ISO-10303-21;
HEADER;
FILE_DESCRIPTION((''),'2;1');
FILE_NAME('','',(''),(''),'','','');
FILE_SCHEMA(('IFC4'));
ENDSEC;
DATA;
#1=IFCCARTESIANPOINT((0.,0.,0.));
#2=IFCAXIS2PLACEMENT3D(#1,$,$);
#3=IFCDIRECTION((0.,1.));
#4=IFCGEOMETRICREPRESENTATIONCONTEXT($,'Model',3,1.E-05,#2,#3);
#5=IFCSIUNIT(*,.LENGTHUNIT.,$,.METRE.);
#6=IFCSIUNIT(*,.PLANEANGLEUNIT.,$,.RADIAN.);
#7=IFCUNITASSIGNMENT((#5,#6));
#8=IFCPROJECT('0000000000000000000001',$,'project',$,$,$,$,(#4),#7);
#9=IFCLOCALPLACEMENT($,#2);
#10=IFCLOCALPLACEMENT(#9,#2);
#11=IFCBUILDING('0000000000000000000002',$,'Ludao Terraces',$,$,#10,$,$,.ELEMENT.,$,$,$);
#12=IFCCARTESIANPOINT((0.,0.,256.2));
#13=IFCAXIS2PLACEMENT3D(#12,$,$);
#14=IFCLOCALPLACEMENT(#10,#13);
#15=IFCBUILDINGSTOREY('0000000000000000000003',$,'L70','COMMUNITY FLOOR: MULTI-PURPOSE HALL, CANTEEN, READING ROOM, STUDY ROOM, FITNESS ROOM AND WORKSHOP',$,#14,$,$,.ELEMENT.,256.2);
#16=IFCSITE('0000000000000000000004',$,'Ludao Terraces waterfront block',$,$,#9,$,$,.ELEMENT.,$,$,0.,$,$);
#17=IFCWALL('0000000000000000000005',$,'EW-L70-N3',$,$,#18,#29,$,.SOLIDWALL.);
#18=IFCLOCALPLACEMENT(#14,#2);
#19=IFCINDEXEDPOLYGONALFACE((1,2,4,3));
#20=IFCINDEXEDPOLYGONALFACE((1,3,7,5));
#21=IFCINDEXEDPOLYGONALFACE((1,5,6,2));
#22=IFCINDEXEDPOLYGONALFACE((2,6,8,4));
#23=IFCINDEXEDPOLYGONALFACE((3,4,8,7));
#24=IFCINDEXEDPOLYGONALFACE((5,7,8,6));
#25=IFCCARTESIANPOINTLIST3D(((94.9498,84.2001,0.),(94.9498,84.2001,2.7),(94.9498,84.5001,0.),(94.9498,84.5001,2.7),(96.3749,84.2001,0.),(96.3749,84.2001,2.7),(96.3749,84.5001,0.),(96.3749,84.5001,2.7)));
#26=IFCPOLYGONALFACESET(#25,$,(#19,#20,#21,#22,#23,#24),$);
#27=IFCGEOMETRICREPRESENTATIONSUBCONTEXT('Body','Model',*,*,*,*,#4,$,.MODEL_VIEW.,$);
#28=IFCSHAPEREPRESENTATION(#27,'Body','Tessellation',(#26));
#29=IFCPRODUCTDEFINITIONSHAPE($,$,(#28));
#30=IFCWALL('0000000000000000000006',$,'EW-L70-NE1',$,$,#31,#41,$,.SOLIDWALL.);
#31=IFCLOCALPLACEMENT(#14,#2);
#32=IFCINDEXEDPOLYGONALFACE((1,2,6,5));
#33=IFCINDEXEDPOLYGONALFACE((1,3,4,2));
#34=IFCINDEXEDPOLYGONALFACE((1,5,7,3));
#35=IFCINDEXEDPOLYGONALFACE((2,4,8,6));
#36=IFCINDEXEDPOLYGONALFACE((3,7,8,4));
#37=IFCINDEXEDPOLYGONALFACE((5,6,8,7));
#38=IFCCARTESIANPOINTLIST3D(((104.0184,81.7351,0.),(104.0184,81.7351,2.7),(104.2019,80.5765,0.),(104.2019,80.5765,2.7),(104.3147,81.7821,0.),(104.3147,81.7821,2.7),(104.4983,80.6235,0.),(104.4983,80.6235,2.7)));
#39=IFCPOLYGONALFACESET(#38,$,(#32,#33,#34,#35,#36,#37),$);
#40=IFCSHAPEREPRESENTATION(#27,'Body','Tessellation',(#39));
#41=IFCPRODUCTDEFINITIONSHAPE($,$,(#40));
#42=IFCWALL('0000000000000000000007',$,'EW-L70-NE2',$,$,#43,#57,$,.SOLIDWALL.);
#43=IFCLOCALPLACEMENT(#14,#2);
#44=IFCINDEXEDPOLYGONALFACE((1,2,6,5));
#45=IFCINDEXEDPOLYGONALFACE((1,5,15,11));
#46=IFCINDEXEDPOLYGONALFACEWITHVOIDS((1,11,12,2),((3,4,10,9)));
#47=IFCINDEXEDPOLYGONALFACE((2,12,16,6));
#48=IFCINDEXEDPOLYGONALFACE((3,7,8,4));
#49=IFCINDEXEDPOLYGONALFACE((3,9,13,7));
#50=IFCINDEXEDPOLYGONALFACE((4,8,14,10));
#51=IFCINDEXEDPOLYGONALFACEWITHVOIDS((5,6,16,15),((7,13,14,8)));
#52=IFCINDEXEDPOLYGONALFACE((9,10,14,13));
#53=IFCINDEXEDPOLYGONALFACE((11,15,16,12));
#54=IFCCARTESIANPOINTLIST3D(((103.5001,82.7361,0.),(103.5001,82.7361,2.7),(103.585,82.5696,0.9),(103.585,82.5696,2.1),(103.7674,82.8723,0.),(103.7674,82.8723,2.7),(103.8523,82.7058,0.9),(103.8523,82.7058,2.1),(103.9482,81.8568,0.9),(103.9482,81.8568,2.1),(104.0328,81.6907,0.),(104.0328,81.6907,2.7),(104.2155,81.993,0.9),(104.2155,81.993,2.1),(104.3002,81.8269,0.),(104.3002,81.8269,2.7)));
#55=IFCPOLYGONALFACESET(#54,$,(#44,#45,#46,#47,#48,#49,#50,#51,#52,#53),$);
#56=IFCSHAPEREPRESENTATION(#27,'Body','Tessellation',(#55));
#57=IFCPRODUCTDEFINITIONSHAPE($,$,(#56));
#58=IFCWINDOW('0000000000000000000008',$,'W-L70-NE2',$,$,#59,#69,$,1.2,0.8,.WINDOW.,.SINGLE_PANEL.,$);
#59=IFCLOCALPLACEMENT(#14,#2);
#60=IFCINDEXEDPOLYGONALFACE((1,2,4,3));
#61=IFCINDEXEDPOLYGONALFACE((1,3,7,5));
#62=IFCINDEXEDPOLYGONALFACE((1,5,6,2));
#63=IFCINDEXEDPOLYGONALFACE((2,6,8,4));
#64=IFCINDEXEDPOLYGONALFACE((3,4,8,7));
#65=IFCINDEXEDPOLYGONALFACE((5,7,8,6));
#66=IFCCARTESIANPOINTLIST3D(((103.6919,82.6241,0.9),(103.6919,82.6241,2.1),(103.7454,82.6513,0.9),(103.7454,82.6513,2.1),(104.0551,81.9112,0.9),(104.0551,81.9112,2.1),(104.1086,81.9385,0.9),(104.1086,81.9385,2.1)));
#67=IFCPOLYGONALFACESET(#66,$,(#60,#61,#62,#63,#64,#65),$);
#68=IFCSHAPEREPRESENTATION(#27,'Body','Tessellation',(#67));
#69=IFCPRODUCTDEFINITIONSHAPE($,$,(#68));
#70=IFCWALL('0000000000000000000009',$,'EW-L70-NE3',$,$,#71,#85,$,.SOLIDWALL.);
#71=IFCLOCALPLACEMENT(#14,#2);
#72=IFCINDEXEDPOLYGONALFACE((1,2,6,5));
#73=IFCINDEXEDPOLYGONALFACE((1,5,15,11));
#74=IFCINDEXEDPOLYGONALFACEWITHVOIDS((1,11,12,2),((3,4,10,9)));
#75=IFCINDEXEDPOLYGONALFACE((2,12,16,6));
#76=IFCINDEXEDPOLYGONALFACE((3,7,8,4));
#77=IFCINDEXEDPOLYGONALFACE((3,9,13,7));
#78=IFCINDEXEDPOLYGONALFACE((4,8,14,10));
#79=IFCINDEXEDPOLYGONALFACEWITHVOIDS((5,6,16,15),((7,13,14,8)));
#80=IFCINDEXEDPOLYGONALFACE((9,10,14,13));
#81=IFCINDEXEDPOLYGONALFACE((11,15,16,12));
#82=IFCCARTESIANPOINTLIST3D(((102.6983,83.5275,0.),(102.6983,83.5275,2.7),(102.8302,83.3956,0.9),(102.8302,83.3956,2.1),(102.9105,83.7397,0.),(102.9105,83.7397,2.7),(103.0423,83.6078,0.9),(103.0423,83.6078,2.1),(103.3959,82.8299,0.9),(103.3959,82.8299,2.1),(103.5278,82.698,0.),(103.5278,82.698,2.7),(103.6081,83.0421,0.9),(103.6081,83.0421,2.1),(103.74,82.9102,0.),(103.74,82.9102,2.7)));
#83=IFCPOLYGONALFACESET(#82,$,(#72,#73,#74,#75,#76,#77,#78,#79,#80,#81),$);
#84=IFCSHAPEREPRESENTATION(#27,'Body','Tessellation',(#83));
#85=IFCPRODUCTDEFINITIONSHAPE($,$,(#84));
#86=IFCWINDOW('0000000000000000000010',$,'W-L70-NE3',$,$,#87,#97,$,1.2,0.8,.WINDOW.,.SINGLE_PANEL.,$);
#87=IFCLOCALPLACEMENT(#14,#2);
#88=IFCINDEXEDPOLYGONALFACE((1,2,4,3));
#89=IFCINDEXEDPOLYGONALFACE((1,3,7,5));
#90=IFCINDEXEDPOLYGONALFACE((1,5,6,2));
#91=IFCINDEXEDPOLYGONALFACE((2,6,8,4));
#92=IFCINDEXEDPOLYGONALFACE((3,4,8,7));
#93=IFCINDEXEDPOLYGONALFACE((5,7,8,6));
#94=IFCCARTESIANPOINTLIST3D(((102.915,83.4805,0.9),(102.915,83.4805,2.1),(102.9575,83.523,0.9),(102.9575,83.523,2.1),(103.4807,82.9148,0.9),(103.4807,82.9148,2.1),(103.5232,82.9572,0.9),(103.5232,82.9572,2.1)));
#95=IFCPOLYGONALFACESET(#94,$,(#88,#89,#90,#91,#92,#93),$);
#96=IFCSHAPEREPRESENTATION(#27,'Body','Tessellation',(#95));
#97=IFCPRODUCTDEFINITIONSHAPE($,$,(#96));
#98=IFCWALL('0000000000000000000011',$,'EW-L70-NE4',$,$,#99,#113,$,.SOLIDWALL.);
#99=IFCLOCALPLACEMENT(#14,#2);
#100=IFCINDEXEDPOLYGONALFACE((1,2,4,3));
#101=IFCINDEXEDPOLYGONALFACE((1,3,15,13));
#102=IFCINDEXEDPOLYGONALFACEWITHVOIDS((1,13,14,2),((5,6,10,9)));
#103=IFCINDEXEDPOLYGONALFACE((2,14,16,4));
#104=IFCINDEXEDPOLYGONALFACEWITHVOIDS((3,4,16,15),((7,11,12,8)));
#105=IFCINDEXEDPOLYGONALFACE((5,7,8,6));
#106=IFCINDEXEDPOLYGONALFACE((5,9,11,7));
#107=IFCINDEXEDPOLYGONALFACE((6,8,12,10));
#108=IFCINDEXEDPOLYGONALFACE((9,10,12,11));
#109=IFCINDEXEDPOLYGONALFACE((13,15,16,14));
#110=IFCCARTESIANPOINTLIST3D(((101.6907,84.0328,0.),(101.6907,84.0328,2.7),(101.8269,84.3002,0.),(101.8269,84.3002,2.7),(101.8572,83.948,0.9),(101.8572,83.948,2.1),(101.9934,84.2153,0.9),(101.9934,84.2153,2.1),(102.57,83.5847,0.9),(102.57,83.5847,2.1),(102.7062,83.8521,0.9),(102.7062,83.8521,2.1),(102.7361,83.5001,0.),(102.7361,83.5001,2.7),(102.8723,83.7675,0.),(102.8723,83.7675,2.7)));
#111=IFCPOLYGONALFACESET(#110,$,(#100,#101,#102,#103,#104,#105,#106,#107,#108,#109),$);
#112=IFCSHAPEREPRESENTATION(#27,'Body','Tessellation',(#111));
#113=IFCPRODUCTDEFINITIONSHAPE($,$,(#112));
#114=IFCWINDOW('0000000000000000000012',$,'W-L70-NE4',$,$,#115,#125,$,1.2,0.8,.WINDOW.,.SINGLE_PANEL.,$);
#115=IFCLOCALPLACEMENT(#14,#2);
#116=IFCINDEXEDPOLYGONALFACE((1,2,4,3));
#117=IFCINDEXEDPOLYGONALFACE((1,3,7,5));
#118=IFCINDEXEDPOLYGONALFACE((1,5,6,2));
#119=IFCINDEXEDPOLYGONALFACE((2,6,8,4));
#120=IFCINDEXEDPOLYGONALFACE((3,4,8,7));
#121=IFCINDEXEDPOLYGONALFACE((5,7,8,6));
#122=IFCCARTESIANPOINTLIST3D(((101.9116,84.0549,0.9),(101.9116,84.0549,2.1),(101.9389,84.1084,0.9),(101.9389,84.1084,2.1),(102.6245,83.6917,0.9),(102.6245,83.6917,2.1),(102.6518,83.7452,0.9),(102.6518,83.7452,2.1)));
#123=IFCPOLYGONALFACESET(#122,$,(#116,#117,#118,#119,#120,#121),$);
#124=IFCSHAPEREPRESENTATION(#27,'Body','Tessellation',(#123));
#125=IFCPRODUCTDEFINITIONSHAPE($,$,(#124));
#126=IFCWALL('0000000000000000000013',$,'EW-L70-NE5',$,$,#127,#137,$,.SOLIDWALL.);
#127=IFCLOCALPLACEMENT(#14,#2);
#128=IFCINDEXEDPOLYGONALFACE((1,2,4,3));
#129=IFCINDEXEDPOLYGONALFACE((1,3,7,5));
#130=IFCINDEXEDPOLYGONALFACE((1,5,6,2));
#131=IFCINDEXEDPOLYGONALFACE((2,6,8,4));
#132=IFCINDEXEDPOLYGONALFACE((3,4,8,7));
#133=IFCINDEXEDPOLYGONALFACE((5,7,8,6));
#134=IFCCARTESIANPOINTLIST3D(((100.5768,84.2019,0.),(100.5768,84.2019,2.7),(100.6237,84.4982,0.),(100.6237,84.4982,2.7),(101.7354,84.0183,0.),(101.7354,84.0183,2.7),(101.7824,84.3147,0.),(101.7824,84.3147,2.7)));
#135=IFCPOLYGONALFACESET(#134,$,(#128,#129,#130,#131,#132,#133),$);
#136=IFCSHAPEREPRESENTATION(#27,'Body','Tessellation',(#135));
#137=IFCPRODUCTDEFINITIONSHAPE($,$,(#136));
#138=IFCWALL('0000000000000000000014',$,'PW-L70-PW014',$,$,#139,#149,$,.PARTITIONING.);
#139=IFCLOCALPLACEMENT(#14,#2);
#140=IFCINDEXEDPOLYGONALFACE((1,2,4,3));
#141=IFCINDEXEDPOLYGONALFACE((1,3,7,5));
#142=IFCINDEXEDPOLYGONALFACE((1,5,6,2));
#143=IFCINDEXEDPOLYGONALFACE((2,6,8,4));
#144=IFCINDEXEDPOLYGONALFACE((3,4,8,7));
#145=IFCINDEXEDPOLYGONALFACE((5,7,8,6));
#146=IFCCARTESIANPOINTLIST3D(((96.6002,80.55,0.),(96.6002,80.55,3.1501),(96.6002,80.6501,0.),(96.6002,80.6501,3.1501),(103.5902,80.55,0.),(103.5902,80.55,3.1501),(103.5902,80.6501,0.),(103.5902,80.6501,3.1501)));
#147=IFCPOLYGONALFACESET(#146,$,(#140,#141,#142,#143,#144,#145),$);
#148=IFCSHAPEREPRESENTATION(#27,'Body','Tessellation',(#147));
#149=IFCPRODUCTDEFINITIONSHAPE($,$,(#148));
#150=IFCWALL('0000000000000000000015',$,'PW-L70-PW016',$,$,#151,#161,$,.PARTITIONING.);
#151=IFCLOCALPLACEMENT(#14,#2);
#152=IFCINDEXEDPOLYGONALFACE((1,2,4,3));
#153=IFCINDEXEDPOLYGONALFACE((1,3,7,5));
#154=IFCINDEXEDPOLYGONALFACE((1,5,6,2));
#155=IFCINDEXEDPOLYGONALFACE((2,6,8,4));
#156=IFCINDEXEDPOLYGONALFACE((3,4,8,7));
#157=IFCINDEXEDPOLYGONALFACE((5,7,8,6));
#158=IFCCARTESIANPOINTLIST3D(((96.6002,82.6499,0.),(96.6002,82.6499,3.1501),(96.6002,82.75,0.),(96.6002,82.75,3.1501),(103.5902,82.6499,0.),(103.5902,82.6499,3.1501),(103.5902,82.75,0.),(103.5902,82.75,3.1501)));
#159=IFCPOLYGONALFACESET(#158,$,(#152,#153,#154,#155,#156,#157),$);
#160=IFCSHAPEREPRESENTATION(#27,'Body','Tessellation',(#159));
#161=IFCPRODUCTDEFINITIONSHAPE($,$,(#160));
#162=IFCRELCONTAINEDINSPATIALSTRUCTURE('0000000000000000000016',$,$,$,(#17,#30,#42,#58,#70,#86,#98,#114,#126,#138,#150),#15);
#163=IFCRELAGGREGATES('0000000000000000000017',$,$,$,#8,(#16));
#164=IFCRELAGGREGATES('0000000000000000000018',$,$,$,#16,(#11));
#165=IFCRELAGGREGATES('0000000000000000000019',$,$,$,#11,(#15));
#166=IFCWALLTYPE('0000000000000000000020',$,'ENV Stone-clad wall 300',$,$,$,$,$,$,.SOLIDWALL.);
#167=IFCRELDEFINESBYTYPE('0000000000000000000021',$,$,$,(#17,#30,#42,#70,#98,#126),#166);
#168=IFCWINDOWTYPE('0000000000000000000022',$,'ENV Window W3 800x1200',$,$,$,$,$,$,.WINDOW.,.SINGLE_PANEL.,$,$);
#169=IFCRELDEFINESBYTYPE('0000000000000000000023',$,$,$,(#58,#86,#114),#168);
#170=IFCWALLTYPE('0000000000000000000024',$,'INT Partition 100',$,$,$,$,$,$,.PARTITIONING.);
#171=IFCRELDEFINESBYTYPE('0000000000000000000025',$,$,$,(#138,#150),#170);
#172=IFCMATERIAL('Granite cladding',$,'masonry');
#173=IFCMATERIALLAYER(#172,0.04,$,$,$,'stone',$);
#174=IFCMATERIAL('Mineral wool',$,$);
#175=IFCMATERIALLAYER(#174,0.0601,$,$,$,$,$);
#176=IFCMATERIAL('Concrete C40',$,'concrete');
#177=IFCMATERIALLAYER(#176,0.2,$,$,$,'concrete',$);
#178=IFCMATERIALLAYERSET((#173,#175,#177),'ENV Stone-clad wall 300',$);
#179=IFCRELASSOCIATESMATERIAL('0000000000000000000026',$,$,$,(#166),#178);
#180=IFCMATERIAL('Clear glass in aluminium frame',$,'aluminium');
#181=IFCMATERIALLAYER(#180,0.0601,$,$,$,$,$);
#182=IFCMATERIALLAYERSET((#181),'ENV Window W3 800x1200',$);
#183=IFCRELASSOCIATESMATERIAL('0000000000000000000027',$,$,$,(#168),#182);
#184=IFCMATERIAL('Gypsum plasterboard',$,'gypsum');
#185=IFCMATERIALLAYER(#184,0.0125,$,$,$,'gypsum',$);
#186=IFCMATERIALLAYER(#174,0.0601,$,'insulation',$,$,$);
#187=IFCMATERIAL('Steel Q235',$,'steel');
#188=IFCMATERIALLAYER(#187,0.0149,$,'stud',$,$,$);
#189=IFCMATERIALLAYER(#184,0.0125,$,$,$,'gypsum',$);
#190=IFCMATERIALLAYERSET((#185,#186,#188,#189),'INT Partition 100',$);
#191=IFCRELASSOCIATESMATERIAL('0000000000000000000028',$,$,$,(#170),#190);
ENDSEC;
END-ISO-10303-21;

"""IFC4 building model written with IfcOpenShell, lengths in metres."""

from ifc_helpers import new_model, si_unit, direction, frame, frame_2d, origin, place, context, subcontext, project, spatial, rectangle, extrude, material, layer, layer_set, type_object, element, fill, save


model = new_model("IFC4")

# Units and contexts
model_context = context("Model", 3, precision=1e-05, world=origin(), true_north=direction((0.0, 1.0)))
body_context = subcontext(model_context, "Body", "Model", "MODEL_VIEW")
ifc_project = project(units=[si_unit("LENGTHUNIT", "METRE"), si_unit("PLANEANGLEUNIT", "RADIAN")], contexts=[model_context])

# Site, building, storey
site_placement = place(None, origin())
site = spatial("IfcSite", under=ifc_project, at=site_placement, Name="Ludao Terraces waterfront block", CompositionType="ELEMENT", RefElevation=0.0)
building_placement = place(site_placement, origin())
building = spatial("IfcBuilding", under=site, at=building_placement, Name="Ludao Terraces", CompositionType="ELEMENT")
storey_placement = place(building_placement, frame((0.0, 0.0, 256.2)))
storey = spatial("IfcBuildingStorey", under=building, at=storey_placement, Name="L70", Description="COMMUNITY FLOOR: MULTI-PURPOSE HALL, CANTEEN, READING ROOM, STUDY ROOM, FITNESS ROOM AND WORKSHOP", CompositionType="ELEMENT", Elevation=256.2)

# Shared definitions
ifc_material_1 = material(Name="Concrete C40", Category="concrete")

# Walls
ifc_material_2 = material(Name="Granite cladding", Category="masonry")
ifc_layer_1 = layer(ifc_material_2, 0.04, Category="stone")
ifc_material_3 = material(Name="Mineral wool")
ifc_layer_2 = layer(ifc_material_3, 0.0601)
ifc_layer_3 = layer(ifc_material_1, 0.2, Category="concrete")
ifc_layer_set_1 = layer_set([ifc_layer_1, ifc_layer_2, ifc_layer_3], Name="ENV Stone-clad wall 300")
wall_type_1 = type_object("IfcWallType", Name="ENV Stone-clad wall 300", PredefinedType="SOLIDWALL", material=ifc_layer_set_1)
wall_1_placement = place(storey_placement, frame((94.95, 84.3501, 0.0), z_axis=(0.0, 0.0, 1.0), x_axis=(1.0, 0.0, 0.0)))
element("IfcWall", 1, at=wall_1_placement, inside=storey, type_object=wall_type_1, Name="EW-L70-N3", PredefinedType="SOLIDWALL", context=body_context, shape_type="SweptSolid", body=[
    extrude(rectangle(XDim=1.425, YDim=0.3, at=frame_2d((0.7124, 0.0))), origin(), (0.0, 0.0, 1.0), 2.7),
])
wall_2_placement = place(storey_placement, frame((104.3501, 80.6001, 0.0), z_axis=(0.0, 0.0, 1.0), x_axis=(-0.156497, 0.987678, 0.0)))
element("IfcWall", 2, at=wall_2_placement, inside=storey, type_object=wall_type_1, Name="EW-L70-NE1", PredefinedType="SOLIDWALL", context=body_context, shape_type="SweptSolid", body=[
    extrude(rectangle(XDim=1.1731, YDim=0.3, at=frame_2d((0.5864, 0.0))), origin(), (0.0, 0.0, 1.0), 2.7),
])

# Walls, openings, windows
wall_3_placement = place(storey_placement, frame((104.1665, 81.7588, 0.0), z_axis=(0.0, 0.0, 1.0), x_axis=(-0.454026, 0.890989, 0.0)))
wall_3 = element("IfcWall", 3, at=wall_3_placement, inside=storey, type_object=wall_type_1, Name="EW-L70-NE2", PredefinedType="SOLIDWALL", context=body_context, shape_type="SweptSolid", body=[
    extrude(rectangle(XDim=1.1733, YDim=0.3, at=frame_2d((0.5867, 0.0))), origin(), (0.0, 0.0, 1.0), 2.7),
])
opening_1_placement = place(wall_3_placement, frame((0.1865, 0.0, 0.8999)))
opening_1 = element("IfcOpeningElement", 4, at=opening_1_placement, cuts=wall_3, PredefinedType="OPENING", context=body_context, shape_type="SweptSolid", body=[
    extrude(rectangle(XDim=0.8, YDim=1.2, at=frame_2d((0.3999, 0.6001))), frame((0.0, 0.1602, 0.0), z_axis=(0.0, -1.0, 0.0), x_axis=(1.0, 0.0, 0.0)), (0.0, 0.0, 1.0), 0.3201),
])
ifc_material_4 = material(Name="Clear glass in aluminium frame", Category="aluminium")
ifc_layer_4 = layer(ifc_material_4, 0.0601)
ifc_layer_set_2 = layer_set([ifc_layer_4], Name="ENV Window W3 800x1200")
window_type = type_object("IfcWindowType", Name="ENV Window W3 800x1200", PartitioningType="SINGLE_PANEL", PredefinedType="WINDOW", material=ifc_layer_set_2)
window_1_placement = place(opening_1_placement, origin())
window_1 = element("IfcWindow", 5, at=window_1_placement, inside=storey, type_object=window_type, Name="W-L70-NE2", OverallHeight=1.2, OverallWidth=0.8, PartitioningType="SINGLE_PANEL", PredefinedType="WINDOW", context=body_context, shape_type="SweptSolid", body=[
    extrude(rectangle(XDim=0.8, YDim=1.2, at=frame_2d((0.3999, 0.6001))), frame((0.0, 0.03, 0.0), z_axis=(0.0, -1.0, 0.0), x_axis=(1.0, 0.0, 0.0)), (0.0, 0.0, 1.0), 0.0601),
])
fill(opening_1, window_1)
wall_4_placement = place(storey_placement, frame((103.6338, 82.8042, 0.0), z_axis=(0.0, 0.0, 1.0), x_axis=(-0.707107, 0.707107, 0.0)))
wall_4 = element("IfcWall", 6, at=wall_4_placement, inside=storey, type_object=wall_type_1, Name="EW-L70-NE3", PredefinedType="SOLIDWALL", context=body_context, shape_type="SweptSolid", body=[
    extrude(rectangle(XDim=1.1731, YDim=0.3, at=frame_2d((0.5864, 0.0))), origin(), (0.0, 0.0, 1.0), 2.7),
])
opening_2_placement = place(wall_4_placement, frame((0.1865, 0.0, 0.8999)))
opening_2 = element("IfcOpeningElement", 7, at=opening_2_placement, cuts=wall_4, PredefinedType="OPENING", context=body_context, shape_type="SweptSolid", body=[
    extrude(rectangle(XDim=0.8, YDim=1.2, at=frame_2d((0.3999, 0.6001))), frame((0.0, 0.1602, 0.0), z_axis=(0.0, -1.0, 0.0), x_axis=(1.0, 0.0, 0.0)), (0.0, 0.0, 1.0), 0.3201),
])
window_2_placement = place(opening_2_placement, origin())
window_2 = element("IfcWindow", 8, at=window_2_placement, inside=storey, type_object=window_type, Name="W-L70-NE3", OverallHeight=1.2, OverallWidth=0.8, PartitioningType="SINGLE_PANEL", PredefinedType="WINDOW", context=body_context, shape_type="SweptSolid", body=[
    extrude(rectangle(XDim=0.8, YDim=1.2, at=frame_2d((0.3999, 0.6001))), frame((0.0, 0.03, 0.0), z_axis=(0.0, -1.0, 0.0), x_axis=(1.0, 0.0, 0.0)), (0.0, 0.0, 1.0), 0.0601),
])
fill(opening_2, window_2)
wall_5_placement = place(storey_placement, frame((102.8042, 83.6338, 0.0), z_axis=(0.0, 0.0, 1.0), x_axis=(-0.890989, 0.454026, 0.0)))
wall_5 = element("IfcWall", 9, at=wall_5_placement, inside=storey, type_object=wall_type_1, Name="EW-L70-NE4", PredefinedType="SOLIDWALL", context=body_context, shape_type="SweptSolid", body=[
    extrude(rectangle(XDim=1.1733, YDim=0.3, at=frame_2d((0.5867, 0.0))), origin(), (0.0, 0.0, 1.0), 2.7),
])
opening_3_placement = place(wall_5_placement, frame((0.1865, 0.0, 0.8999)))
opening_3 = element("IfcOpeningElement", 10, at=opening_3_placement, cuts=wall_5, PredefinedType="OPENING", context=body_context, shape_type="SweptSolid", body=[
    extrude(rectangle(XDim=0.8, YDim=1.2, at=frame_2d((0.3999, 0.6001))), frame((0.0, 0.1602, 0.0), z_axis=(0.0, -1.0, 0.0), x_axis=(1.0, 0.0, 0.0)), (0.0, 0.0, 1.0), 0.3201),
])
window_3_placement = place(opening_3_placement, origin())
window_3 = element("IfcWindow", 11, at=window_3_placement, inside=storey, type_object=window_type, Name="W-L70-NE4", OverallHeight=1.2, OverallWidth=0.8, PartitioningType="SINGLE_PANEL", PredefinedType="WINDOW", context=body_context, shape_type="SweptSolid", body=[
    extrude(rectangle(XDim=0.8, YDim=1.2, at=frame_2d((0.3999, 0.6001))), frame((0.0, 0.03, 0.0), z_axis=(0.0, -1.0, 0.0), x_axis=(1.0, 0.0, 0.0)), (0.0, 0.0, 1.0), 0.0601),
])
fill(opening_3, window_3)

# Walls
wall_6_placement = place(storey_placement, frame((101.7588, 84.1665, 0.0), z_axis=(0.0, 0.0, 1.0), x_axis=(-0.987678, 0.156497, 0.0)))
element("IfcWall", 12, at=wall_6_placement, inside=storey, type_object=wall_type_1, Name="EW-L70-NE5", PredefinedType="SOLIDWALL", context=body_context, shape_type="SweptSolid", body=[
    extrude(rectangle(XDim=1.1731, YDim=0.3, at=frame_2d((0.5864, 0.0))), origin(), (0.0, 0.0, 1.0), 2.7),
])
ifc_material_5 = material(Name="Gypsum plasterboard", Category="gypsum")
ifc_layer_5 = layer(ifc_material_5, 0.0125, Category="gypsum")
ifc_layer_6 = layer(ifc_material_3, 0.0601, Name="insulation")
ifc_material_6 = material(Name="Steel Q235", Category="steel")
ifc_layer_7 = layer(ifc_material_6, 0.0149, Name="stud")
ifc_layer_8 = layer(ifc_material_5, 0.0125, Category="gypsum")
ifc_layer_set_3 = layer_set([ifc_layer_5, ifc_layer_6, ifc_layer_7, ifc_layer_8], Name="INT Partition 100")
wall_type_2 = type_object("IfcWallType", Name="INT Partition 100", PredefinedType="PARTITIONING", material=ifc_layer_set_3)
for number, where, z_axis, x_axis, name in (
    (13, (96.6001, 80.6001, 0.0), (0.0, 0.0, 1.0), (1.0, 0.0, 0.0), "PW-L70-PW014"),
    (14, (96.6001, 82.7, 0.0), (0.0, 0.0, 1.0), (1.0, 0.0, 0.0), "PW-L70-PW016"),
):
    element("IfcWall", number, at=place(storey_placement, frame(where, z_axis=z_axis, x_axis=x_axis)), inside=storey, type_object=wall_type_2, Name=name, PredefinedType="PARTITIONING", context=body_context, shape_type="SweptSolid", body=[
        extrude(rectangle(XDim=6.99, YDim=0.1001, at=frame_2d((3.4951, 0.0))), origin(), (0.0, 0.0, 1.0), 3.1501),
    ])

save(model, "model.ifc")
